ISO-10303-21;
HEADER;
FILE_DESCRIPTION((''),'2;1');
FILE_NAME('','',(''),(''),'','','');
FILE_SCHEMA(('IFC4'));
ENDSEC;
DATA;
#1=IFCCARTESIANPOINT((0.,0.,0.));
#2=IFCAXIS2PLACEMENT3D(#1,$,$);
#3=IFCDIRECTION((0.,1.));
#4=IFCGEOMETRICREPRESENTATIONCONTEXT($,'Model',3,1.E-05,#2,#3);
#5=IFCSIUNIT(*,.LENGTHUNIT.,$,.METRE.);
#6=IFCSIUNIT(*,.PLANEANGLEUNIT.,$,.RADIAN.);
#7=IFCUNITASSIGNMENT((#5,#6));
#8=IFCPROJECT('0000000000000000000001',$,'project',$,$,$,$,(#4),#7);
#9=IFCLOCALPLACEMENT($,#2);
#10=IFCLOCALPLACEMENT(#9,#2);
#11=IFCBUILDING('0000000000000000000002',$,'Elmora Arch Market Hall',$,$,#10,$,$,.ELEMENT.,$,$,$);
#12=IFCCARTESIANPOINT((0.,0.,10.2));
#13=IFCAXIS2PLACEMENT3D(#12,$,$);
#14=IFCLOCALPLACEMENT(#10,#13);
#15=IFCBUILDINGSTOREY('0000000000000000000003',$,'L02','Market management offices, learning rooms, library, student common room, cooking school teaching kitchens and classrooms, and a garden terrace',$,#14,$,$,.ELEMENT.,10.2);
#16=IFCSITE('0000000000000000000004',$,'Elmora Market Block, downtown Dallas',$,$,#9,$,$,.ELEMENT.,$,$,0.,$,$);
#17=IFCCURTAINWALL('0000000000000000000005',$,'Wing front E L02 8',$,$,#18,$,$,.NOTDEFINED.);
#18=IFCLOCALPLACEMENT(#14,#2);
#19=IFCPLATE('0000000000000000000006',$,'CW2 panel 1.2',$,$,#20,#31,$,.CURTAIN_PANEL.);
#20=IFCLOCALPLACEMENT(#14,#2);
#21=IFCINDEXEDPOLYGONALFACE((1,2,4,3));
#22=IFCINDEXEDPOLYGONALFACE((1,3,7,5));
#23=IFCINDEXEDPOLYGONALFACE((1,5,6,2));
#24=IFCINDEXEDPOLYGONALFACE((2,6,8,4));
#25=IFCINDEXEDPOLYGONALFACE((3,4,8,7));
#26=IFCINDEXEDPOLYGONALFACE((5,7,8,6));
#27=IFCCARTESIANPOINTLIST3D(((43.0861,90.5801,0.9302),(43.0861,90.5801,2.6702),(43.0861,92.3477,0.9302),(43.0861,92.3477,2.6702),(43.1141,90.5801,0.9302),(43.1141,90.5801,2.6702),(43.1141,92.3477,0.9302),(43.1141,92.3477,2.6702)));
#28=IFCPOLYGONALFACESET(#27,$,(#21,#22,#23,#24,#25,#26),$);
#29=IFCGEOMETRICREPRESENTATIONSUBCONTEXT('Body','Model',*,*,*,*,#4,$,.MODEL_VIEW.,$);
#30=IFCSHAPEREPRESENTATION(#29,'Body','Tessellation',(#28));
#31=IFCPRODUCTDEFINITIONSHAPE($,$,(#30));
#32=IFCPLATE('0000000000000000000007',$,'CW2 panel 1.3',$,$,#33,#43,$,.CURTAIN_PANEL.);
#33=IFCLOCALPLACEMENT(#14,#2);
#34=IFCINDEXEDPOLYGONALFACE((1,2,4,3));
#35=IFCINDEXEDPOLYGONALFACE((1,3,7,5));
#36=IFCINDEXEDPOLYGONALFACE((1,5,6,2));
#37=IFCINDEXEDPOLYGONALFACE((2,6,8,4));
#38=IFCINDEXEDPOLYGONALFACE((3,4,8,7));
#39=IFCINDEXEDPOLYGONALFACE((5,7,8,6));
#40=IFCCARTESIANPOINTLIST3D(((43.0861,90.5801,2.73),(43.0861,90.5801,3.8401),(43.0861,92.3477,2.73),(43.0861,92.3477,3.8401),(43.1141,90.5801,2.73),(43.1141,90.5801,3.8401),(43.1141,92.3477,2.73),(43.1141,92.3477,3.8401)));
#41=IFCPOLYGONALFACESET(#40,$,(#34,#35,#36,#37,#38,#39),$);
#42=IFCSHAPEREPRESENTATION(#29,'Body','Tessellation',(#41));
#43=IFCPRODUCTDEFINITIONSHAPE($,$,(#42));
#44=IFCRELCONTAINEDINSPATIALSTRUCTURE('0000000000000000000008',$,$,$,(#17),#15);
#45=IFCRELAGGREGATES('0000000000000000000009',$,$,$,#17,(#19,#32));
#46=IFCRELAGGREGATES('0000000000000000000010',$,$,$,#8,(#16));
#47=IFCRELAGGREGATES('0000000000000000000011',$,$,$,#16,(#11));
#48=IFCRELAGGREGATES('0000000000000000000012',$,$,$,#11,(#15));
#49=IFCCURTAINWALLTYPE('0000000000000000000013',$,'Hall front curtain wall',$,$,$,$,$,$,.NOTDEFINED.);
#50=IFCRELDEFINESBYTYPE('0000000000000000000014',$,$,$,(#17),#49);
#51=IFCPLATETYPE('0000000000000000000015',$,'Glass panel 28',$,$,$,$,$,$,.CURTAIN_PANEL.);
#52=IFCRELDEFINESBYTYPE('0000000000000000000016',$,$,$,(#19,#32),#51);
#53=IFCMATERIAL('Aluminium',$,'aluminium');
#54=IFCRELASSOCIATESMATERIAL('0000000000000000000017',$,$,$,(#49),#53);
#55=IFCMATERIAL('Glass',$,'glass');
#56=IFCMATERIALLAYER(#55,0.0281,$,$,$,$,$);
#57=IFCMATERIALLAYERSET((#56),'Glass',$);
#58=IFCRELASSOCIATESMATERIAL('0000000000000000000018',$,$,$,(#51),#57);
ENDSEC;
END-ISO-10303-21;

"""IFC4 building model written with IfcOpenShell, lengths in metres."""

from ifc_helpers import new_model, si_unit, direction, frame, origin, origin_2d, place, context, subcontext, project, spatial, rectangle, extrude, material, layer, layer_set, type_object, element, aggregate, save


model = new_model("IFC4")

# Units and contexts
model_context = context("Model", 3, precision=1e-05, world=origin(), true_north=direction((0.0, 1.0)))
body_context = subcontext(model_context, "Body", "Model", "MODEL_VIEW")
ifc_project = project(units=[si_unit("LENGTHUNIT", "METRE"), si_unit("PLANEANGLEUNIT", "RADIAN")], contexts=[model_context])

# Site, building, storey
site_placement = place(None, origin())
site = spatial("IfcSite", under=ifc_project, at=site_placement, Name="Elmora Market Block, downtown Dallas", CompositionType="ELEMENT", RefElevation=0.0)
building_placement = place(site_placement, origin())
building = spatial("IfcBuilding", under=site, at=building_placement, Name="Elmora Arch Market Hall", CompositionType="ELEMENT")
storey_placement = place(building_placement, frame((0.0, 0.0, 10.2)))
storey = spatial("IfcBuildingStorey", under=building, at=storey_placement, Name="L02", Description="Market management offices, learning rooms, library, student common room, cooking school teaching kitchens and classrooms, and a garden terrace", CompositionType="ELEMENT", Elevation=10.2)

# Curtain wall
ifc_material_1 = material(Name="Aluminium", Category="aluminium")
curtain_wall_type = type_object("IfcCurtainWallType", Name="Hall front curtain wall", PredefinedType="NOTDEFINED", material=ifc_material_1)
curtain_wall_1_placement = place(storey_placement, origin())
curtain_wall_1 = element("IfcCurtainWall", 1, at=curtain_wall_1_placement, inside=storey, type_object=curtain_wall_type, Name="Wing front E L02 8", PredefinedType="NOTDEFINED")

# Plates
ifc_material_2 = material(Name="Glass", Category="glass")
ifc_layer = layer(ifc_material_2, 0.0281)
ifc_layer_set = layer_set([ifc_layer], Name="Glass")
plate_type = type_object("IfcPlateType", Name="Glass panel 28", PredefinedType="CURTAIN_PANEL", material=ifc_layer_set)
plate_1_placement = place(storey_placement, frame((43.1001, 91.4639, 0.9302), z_axis=(0.0, 0.0, 1.0), x_axis=(0.0, 1.0, 0.0)))
plate_1 = element("IfcPlate", 2, at=plate_1_placement, type_object=plate_type, Name="CW2 panel 1.2", PredefinedType="CURTAIN_PANEL", context=body_context, shape_type="SweptSolid", body=[
    extrude(rectangle(XDim=1.7676, YDim=0.0281, at=origin_2d()), origin(), (0.0, 0.0, 1.0), 1.74),
])
plate_2_placement = place(storey_placement, frame((43.1001, 91.4639, 2.73), z_axis=(0.0, 0.0, 1.0), x_axis=(0.0, 1.0, 0.0)))
plate_2 = element("IfcPlate", 3, at=plate_2_placement, type_object=plate_type, Name="CW2 panel 1.3", PredefinedType="CURTAIN_PANEL", context=body_context, shape_type="SweptSolid", body=[
    extrude(rectangle(XDim=1.7676, YDim=0.0281, at=origin_2d()), origin(), (0.0, 0.0, 1.0), 1.1101),
])
aggregate(curtain_wall_1, [plate_1, plate_2])

save(model, "model.ifc")
